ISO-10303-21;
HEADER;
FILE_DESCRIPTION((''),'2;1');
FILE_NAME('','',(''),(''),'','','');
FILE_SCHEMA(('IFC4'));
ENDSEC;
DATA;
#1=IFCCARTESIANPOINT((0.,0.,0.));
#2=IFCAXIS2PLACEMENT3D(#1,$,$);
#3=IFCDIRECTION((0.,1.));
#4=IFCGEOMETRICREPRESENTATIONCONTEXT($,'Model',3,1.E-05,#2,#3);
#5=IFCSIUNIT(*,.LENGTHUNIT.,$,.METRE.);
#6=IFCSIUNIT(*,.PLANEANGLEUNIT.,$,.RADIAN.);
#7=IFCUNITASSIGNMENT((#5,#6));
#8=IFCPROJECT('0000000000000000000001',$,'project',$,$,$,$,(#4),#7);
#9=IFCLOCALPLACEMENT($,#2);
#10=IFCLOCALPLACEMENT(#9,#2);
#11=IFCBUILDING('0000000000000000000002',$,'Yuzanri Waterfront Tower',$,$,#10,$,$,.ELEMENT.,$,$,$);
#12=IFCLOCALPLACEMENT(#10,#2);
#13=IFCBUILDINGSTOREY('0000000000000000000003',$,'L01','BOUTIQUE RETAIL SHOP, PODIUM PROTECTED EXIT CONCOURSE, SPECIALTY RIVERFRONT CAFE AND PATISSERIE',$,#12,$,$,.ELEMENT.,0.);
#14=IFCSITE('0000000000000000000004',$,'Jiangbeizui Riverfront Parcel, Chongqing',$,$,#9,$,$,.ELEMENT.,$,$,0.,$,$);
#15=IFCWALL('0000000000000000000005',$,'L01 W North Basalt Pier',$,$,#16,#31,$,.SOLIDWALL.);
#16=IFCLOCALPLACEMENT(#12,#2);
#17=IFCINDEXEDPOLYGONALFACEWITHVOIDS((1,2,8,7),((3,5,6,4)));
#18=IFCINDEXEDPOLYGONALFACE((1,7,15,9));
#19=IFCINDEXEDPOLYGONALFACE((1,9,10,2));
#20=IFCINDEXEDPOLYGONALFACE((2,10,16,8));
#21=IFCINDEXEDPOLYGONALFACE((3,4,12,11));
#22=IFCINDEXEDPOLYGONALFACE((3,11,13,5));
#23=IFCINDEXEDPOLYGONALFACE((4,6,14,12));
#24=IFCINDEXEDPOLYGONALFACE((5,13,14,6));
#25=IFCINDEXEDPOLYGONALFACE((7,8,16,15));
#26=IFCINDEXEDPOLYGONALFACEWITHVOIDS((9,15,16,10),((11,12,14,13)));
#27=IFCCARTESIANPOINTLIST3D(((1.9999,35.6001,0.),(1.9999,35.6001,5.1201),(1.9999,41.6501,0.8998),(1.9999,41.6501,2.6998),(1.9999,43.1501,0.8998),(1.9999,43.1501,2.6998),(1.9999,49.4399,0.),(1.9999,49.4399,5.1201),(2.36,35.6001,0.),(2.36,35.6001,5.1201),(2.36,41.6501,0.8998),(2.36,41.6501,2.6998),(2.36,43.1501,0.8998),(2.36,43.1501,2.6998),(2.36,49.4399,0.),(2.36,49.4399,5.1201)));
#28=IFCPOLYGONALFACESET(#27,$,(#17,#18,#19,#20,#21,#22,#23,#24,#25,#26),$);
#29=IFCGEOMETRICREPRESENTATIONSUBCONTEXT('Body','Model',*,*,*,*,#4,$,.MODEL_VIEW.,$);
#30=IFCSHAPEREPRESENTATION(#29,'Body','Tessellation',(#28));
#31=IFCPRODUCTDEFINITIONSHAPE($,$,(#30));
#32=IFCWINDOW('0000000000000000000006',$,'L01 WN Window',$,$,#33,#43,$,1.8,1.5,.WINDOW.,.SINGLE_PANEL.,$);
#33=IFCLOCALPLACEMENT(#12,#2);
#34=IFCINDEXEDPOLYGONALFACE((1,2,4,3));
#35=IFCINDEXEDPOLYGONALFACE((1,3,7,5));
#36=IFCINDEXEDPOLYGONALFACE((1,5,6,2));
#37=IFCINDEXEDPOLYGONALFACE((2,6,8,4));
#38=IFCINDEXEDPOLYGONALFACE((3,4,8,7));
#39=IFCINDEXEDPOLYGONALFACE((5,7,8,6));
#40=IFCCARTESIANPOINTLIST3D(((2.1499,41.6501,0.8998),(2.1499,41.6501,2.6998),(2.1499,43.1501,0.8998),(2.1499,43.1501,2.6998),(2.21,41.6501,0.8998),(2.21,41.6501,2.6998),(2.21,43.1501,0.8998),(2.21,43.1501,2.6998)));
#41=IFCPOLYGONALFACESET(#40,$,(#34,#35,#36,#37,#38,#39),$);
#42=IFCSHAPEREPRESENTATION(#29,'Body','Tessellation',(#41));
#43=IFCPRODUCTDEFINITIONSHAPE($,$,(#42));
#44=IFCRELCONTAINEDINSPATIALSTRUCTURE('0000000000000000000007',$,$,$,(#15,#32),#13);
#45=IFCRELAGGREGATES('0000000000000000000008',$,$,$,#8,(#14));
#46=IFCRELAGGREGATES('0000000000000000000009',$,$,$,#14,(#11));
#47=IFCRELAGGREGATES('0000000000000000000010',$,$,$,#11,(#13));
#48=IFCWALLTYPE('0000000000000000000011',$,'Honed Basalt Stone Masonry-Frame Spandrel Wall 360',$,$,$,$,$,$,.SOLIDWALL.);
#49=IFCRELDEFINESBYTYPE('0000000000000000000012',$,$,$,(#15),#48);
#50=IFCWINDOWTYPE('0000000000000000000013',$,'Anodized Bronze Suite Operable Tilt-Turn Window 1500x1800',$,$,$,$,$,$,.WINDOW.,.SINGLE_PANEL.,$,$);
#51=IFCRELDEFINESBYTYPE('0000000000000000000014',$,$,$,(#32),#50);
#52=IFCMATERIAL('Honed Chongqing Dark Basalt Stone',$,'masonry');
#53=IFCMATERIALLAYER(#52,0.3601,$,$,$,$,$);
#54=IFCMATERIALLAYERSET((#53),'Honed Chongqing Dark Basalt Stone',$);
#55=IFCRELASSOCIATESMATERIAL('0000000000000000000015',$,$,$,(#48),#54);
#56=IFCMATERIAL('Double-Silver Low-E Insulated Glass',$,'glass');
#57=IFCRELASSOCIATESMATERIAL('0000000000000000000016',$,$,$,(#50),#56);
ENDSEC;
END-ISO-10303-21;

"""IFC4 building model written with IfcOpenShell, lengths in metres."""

from ifc_helpers import new_model, si_unit, direction, frame, frame_2d, origin, place, context, subcontext, project, spatial, rectangle, extrude, source, transform, mapped, material, layer, layer_set, type_object, element, fill, save


model = new_model("IFC4")

# Units and contexts
model_context = context("Model", 3, precision=1e-05, world=origin(), true_north=direction((0.0, 1.0)))
body_context = subcontext(model_context, "Body", "Model", "MODEL_VIEW")
ifc_project = project(units=[si_unit("LENGTHUNIT", "METRE"), si_unit("PLANEANGLEUNIT", "RADIAN")], contexts=[model_context])

# Site, building, storey
site_placement = place(None, origin())
site = spatial("IfcSite", under=ifc_project, at=site_placement, Name="Jiangbeizui Riverfront Parcel, Chongqing", CompositionType="ELEMENT", RefElevation=0.0)
building_placement = place(site_placement, origin())
building = spatial("IfcBuilding", under=site, at=building_placement, Name="Yuzanri Waterfront Tower", CompositionType="ELEMENT")
storey_placement = place(building_placement, origin())
storey = spatial("IfcBuildingStorey", under=building, at=storey_placement, Name="L01", Description="BOUTIQUE RETAIL SHOP, PODIUM PROTECTED EXIT CONCOURSE, SPECIALTY RIVERFRONT CAFE AND PATISSERIE", CompositionType="ELEMENT", Elevation=0.0)

# Shared definitions
ifc_material_1 = material(Name="Honed Chongqing Dark Basalt Stone", Category="masonry")
ifc_layer_1 = layer(ifc_material_1, 0.3601)
ifc_layer_set_1 = layer_set([ifc_layer_1], Name="Honed Chongqing Dark Basalt Stone")
wall_type_1 = type_object("IfcWallType", Name="Honed Basalt Stone Masonry-Frame Spandrel Wall 360", PredefinedType="SOLIDWALL", material=ifc_layer_set_1)

# Wall, opening, window
wall_1_placement = place(storey_placement, frame((2.1799, 35.6001, 0.0), z_axis=(0.0, 0.0, 1.0), x_axis=(0.0, 1.0, 0.0)))
wall_1 = element("IfcWall", 1, at=wall_1_placement, inside=storey, type_object=wall_type_1, Name="L01 W North Basalt Pier", PredefinedType="SOLIDWALL", context=body_context, shape_type="SweptSolid", body=[
    extrude(rectangle(XDim=13.8398, YDim=0.3601, at=frame_2d((6.9199, 0.0))), origin(), (0.0, 0.0, 1.0), 5.1201),
])
opening_1_placement = place(wall_1_placement, frame((6.05, 0.0, 0.8999)))
opening_1 = element("IfcOpeningElement", 2, at=opening_1_placement, cuts=wall_1, PredefinedType="OPENING", context=body_context, shape_type="SweptSolid", body=[
    extrude(rectangle(XDim=1.5, YDim=1.8, at=frame_2d((0.75, 0.8999))), frame((0.0, 0.1948, 0.0), z_axis=(0.0, -1.0, 0.0), x_axis=(1.0, 0.0, 0.0)), (0.0, 0.0, 1.0), 0.3899),
])
ifc_material_2 = material(Name="Double-Silver Low-E Insulated Glass", Category="glass")
window_type = type_object("IfcWindowType", Name="Anodized Bronze Suite Operable Tilt-Turn Window 1500x1800", PartitioningType="SINGLE_PANEL", PredefinedType="WINDOW", material=ifc_material_2)
shared_shape_1 = source(origin(), body_context, "Body", "SweptSolid", [
    extrude(rectangle(XDim=1.5, YDim=1.8, at=frame_2d((0.75, 0.8999))), frame((0.0, 0.03, 0.0), z_axis=(0.0, -1.0, 0.0), x_axis=(1.0, 0.0, 0.0)), (0.0, 0.0, 1.0), 0.0601),
])
window_placement = place(opening_1_placement, origin())
window = element("IfcWindow", 3, at=window_placement, inside=storey, type_object=window_type, Name="L01 WN Window", OverallHeight=1.8, OverallWidth=1.5, PartitioningType="SINGLE_PANEL", PredefinedType="WINDOW", context=body_context, shape_type="MappedRepresentation", body=[
    mapped(shared_shape_1, transform((0.0, 0.0, 0.0), scale=1.0)),
])
fill(opening_1, window)

save(model, "model.ifc")
